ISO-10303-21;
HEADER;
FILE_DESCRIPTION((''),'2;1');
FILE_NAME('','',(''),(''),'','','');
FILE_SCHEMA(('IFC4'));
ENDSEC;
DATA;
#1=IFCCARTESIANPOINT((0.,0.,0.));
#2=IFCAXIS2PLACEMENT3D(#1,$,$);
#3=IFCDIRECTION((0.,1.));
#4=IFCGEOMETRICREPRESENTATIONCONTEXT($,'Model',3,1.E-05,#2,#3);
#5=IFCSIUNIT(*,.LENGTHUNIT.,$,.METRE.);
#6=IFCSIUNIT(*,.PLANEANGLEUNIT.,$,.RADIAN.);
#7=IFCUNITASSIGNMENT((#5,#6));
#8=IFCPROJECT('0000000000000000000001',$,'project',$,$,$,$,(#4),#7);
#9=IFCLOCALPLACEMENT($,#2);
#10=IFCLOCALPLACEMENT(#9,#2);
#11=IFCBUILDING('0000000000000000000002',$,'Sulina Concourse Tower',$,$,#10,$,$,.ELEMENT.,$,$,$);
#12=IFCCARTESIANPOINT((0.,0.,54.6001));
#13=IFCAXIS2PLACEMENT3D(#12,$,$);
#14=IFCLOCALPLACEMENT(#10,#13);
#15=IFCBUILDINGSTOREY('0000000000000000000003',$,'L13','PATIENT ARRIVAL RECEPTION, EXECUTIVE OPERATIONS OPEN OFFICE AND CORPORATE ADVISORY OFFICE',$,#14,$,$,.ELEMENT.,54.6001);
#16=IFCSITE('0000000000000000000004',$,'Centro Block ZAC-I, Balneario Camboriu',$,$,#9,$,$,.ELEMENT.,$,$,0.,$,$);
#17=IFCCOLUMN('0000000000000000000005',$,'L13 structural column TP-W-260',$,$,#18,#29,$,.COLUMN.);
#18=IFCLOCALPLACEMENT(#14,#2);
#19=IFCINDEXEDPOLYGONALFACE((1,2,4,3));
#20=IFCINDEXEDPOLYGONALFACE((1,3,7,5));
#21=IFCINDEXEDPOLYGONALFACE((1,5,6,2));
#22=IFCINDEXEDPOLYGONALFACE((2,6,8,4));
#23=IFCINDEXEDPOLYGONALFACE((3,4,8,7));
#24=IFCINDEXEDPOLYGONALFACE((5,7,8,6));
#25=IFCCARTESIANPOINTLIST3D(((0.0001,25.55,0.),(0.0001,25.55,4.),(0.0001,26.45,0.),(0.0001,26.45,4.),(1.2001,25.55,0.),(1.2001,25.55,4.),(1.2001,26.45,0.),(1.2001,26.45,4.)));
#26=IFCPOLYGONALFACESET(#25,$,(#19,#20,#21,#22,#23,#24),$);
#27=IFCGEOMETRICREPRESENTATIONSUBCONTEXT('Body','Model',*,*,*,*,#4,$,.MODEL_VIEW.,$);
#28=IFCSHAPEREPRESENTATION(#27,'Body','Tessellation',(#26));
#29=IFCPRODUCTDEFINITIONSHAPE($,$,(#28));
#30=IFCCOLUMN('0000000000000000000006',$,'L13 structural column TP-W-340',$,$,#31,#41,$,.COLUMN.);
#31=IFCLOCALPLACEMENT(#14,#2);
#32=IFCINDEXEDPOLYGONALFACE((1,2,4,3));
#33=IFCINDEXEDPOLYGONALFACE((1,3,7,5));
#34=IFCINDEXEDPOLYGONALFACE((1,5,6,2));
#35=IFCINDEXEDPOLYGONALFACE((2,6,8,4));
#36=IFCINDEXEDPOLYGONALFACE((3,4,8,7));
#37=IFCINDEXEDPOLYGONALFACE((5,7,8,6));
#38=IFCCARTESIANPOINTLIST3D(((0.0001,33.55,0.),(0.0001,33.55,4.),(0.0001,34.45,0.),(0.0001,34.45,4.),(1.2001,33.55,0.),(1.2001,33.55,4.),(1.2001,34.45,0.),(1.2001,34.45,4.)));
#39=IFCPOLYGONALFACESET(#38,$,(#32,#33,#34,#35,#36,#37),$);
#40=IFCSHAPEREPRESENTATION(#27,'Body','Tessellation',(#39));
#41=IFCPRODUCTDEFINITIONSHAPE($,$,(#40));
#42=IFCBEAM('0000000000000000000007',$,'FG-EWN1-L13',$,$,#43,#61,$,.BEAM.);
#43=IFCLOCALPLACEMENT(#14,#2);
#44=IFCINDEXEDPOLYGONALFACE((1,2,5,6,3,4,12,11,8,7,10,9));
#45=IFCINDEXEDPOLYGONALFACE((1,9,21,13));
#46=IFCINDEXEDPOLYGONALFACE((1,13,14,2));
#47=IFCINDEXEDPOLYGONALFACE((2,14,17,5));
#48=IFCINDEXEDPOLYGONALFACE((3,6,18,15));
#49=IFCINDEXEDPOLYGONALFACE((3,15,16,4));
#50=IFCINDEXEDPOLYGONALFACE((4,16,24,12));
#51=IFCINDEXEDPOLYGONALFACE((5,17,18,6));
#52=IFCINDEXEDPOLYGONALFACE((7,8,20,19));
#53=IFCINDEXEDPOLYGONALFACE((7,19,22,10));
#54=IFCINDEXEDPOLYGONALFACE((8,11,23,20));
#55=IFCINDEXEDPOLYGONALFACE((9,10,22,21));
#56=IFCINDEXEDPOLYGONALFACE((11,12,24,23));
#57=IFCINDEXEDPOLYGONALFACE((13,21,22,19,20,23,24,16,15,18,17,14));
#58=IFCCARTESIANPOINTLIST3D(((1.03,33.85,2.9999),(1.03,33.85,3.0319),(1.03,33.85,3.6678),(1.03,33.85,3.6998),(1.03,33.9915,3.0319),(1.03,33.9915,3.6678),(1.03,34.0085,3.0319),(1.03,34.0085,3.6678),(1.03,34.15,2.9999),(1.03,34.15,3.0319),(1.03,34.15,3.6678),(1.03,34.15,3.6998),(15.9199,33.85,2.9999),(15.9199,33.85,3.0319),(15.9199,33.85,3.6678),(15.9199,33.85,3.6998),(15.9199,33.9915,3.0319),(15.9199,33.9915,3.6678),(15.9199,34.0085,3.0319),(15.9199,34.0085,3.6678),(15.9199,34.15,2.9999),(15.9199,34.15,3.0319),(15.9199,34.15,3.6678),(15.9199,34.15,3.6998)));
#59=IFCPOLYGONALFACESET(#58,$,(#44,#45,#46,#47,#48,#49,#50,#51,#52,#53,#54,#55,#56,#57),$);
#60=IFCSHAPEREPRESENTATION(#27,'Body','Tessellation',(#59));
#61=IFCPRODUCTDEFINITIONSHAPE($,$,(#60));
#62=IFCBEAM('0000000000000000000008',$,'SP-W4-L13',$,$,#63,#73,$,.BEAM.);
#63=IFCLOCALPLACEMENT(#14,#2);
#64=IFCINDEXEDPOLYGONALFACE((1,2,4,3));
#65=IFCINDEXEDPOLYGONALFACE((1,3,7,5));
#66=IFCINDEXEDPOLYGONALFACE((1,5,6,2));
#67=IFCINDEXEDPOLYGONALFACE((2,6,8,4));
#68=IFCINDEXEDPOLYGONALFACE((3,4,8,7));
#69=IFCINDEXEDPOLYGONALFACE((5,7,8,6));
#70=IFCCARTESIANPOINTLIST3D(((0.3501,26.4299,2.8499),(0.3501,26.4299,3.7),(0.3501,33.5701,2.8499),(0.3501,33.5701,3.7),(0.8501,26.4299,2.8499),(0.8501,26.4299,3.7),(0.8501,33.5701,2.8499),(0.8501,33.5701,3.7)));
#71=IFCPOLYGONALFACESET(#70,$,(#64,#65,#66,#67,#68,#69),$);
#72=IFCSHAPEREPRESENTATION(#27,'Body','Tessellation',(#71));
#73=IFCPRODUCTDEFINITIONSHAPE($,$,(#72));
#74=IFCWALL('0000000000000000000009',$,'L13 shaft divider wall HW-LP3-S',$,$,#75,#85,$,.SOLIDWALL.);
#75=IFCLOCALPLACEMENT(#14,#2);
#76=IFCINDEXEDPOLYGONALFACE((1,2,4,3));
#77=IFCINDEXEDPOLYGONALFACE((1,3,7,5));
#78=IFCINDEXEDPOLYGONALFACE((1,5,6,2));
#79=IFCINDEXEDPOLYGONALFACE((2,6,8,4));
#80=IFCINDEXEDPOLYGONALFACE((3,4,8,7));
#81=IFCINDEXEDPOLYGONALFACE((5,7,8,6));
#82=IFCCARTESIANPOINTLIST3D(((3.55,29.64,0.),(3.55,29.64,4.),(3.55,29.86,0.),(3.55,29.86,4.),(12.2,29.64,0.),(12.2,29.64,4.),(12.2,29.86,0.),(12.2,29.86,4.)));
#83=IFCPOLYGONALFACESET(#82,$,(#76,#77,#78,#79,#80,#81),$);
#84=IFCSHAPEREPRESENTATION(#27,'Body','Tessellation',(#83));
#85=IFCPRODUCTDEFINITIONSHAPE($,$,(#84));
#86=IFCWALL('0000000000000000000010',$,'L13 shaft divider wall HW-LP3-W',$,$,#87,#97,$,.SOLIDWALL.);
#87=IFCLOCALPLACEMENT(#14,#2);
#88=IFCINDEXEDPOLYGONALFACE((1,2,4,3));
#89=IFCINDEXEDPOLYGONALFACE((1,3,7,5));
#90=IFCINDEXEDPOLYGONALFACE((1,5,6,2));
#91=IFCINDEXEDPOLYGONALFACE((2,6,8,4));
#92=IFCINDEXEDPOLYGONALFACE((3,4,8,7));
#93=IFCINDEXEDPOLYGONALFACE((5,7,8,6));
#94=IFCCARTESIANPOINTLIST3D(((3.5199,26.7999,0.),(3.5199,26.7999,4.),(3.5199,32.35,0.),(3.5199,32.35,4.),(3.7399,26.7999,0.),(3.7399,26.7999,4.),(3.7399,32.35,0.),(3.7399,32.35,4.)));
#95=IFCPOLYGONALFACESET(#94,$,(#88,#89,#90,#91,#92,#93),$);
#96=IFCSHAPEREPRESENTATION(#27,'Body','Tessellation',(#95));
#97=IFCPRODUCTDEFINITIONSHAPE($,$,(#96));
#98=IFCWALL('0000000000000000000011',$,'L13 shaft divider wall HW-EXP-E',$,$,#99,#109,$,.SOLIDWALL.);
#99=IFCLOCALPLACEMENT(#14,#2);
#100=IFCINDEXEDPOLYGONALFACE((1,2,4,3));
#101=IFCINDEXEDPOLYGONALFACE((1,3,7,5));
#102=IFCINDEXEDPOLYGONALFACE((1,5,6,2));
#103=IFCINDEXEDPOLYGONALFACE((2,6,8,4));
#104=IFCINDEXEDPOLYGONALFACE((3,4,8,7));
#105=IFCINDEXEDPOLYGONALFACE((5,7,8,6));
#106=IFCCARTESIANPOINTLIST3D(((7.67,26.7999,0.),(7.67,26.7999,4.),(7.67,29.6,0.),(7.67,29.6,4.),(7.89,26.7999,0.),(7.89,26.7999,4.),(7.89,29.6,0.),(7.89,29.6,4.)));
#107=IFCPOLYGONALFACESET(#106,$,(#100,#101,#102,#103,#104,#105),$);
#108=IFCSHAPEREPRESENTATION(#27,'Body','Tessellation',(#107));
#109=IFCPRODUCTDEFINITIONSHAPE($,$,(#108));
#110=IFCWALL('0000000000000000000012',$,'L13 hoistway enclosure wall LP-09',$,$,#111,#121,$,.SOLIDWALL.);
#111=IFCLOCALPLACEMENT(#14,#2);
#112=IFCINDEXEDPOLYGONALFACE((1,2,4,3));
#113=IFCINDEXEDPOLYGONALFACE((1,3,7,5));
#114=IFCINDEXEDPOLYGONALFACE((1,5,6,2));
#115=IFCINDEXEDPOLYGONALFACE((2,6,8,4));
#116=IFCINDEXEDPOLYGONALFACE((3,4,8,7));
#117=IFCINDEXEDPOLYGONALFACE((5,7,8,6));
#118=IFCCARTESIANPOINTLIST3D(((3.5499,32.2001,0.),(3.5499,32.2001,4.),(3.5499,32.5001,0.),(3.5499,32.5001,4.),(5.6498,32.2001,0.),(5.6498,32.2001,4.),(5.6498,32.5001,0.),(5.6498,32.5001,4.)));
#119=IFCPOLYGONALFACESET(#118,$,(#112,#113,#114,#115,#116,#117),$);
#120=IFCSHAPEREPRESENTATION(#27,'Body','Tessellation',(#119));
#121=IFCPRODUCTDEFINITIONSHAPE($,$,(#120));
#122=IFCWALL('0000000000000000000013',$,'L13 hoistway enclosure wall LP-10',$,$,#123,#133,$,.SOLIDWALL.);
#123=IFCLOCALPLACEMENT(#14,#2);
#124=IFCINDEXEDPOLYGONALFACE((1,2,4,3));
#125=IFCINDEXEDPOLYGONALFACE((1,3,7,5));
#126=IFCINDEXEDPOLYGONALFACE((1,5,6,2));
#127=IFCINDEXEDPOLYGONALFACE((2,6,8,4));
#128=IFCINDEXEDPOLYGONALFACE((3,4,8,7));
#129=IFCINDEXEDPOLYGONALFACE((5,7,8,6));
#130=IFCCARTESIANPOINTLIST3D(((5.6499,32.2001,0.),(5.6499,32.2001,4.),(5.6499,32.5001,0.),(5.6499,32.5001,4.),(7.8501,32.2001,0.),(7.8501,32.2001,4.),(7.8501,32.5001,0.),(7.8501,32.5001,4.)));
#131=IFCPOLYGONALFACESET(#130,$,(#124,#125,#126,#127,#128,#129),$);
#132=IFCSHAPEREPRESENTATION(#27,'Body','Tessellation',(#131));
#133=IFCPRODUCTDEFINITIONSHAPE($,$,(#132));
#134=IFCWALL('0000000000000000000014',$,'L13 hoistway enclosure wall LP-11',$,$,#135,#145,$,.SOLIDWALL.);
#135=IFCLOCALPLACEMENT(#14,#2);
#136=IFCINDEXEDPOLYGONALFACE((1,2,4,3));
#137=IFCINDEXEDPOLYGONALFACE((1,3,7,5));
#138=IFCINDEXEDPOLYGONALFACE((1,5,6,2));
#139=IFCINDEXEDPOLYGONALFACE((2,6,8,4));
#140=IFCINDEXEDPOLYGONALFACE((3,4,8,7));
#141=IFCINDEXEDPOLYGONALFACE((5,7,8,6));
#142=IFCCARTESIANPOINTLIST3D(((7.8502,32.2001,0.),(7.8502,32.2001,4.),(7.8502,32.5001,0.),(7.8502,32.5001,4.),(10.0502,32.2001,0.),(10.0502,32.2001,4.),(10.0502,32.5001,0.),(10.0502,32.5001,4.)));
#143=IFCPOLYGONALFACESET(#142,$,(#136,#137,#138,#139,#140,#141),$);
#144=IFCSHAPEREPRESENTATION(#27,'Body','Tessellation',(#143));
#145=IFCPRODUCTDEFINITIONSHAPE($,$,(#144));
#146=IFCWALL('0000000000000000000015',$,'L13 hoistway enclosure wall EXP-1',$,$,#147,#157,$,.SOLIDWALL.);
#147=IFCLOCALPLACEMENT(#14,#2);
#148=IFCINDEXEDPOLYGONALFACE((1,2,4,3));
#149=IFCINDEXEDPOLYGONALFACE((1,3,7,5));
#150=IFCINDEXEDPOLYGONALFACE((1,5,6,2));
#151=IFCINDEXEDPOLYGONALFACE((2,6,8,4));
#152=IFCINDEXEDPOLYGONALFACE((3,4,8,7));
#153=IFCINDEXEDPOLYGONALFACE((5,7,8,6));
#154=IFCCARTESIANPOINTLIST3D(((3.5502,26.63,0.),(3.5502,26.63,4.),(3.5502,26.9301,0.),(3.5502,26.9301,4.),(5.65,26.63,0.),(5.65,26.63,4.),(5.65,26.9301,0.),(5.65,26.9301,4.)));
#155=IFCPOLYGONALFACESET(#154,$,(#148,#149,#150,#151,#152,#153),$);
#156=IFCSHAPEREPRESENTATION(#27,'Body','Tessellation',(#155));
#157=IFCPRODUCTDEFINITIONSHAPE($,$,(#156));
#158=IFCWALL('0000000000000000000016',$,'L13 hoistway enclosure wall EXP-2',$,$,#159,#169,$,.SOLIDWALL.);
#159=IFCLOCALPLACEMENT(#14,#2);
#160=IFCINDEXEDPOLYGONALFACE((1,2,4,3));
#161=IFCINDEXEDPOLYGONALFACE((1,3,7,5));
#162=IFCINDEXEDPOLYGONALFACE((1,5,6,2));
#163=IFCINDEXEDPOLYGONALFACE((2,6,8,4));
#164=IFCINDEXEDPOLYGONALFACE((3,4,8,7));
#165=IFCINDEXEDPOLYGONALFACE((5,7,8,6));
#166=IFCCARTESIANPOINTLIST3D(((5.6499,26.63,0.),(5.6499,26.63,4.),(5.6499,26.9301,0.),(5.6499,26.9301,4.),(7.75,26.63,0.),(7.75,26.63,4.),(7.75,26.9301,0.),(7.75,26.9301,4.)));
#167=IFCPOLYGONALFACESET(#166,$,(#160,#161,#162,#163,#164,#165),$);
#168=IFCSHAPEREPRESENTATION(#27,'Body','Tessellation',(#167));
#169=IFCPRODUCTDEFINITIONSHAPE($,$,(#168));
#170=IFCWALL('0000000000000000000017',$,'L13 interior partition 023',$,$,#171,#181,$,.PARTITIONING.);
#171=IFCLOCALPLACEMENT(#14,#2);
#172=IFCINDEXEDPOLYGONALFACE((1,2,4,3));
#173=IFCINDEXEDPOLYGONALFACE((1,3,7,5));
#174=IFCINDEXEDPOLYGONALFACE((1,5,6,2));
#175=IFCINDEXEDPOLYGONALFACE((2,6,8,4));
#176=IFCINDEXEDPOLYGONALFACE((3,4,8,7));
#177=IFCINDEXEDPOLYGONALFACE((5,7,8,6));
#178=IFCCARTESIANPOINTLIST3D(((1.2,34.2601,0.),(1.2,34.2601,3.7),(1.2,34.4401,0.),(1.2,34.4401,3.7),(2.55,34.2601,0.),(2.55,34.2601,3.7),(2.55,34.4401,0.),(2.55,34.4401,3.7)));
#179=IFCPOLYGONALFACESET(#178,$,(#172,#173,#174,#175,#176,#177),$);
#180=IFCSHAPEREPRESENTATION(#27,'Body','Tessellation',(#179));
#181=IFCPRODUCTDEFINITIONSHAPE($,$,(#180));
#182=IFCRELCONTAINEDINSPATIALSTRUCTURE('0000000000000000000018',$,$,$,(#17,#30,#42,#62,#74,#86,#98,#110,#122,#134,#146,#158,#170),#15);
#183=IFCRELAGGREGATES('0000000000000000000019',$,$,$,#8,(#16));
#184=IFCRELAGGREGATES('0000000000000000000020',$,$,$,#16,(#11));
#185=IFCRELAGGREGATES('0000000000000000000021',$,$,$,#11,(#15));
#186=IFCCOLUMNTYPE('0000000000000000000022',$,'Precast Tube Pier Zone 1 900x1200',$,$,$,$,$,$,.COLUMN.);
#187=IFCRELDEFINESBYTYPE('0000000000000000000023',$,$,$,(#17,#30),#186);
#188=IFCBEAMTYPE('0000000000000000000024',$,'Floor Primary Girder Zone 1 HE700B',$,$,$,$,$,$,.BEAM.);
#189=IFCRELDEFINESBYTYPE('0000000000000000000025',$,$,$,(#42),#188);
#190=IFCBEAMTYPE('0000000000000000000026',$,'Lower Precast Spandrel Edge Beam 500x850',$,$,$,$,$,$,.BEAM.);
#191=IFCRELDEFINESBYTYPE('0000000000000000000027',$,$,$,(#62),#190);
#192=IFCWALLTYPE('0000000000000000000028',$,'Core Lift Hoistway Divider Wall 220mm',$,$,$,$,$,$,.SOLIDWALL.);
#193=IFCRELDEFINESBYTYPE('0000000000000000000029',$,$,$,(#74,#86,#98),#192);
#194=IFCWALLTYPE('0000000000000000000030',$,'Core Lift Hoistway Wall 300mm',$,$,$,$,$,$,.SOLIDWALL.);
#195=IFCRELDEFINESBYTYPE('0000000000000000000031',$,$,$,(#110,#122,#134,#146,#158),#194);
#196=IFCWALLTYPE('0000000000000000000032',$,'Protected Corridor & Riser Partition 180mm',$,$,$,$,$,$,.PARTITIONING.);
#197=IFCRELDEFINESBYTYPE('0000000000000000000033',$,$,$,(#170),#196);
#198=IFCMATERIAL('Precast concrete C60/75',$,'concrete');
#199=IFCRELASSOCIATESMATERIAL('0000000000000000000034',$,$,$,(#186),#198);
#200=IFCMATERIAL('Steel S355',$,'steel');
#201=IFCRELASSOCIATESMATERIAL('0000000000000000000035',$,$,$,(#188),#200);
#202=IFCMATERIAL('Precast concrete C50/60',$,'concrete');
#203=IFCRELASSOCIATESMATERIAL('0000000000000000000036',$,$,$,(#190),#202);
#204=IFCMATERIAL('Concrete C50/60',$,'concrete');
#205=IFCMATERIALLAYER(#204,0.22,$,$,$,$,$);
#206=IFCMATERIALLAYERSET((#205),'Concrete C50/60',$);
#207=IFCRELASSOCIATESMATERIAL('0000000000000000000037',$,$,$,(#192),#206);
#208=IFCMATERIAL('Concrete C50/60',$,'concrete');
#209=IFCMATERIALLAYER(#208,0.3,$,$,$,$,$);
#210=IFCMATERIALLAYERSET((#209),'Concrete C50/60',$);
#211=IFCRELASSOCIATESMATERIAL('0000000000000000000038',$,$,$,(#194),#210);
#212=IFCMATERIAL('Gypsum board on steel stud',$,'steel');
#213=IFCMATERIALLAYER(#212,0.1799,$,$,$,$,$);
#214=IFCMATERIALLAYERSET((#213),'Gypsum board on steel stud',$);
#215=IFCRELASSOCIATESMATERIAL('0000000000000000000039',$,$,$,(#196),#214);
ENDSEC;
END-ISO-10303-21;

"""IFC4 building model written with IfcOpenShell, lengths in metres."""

from ifc_helpers import new_model, si_unit, direction, frame, frame_2d, origin, origin_2d, place, context, subcontext, project, spatial, rectangle, i_section, extrude, material, layer, layer_set, material_profile, profile_set, type_object, element, save


model = new_model("IFC4")

# Units and contexts
model_context = context("Model", 3, precision=1e-05, world=origin(), true_north=direction((0.0, 1.0)))
body_context = subcontext(model_context, "Body", "Model", "MODEL_VIEW")
ifc_project = project(units=[si_unit("LENGTHUNIT", "METRE"), si_unit("PLANEANGLEUNIT", "RADIAN")], contexts=[model_context])

# Site, building, storey
site_placement = place(None, origin())
site = spatial("IfcSite", under=ifc_project, at=site_placement, Name="Centro Block ZAC-I, Balneario Camboriu", CompositionType="ELEMENT", RefElevation=0.0)
building_placement = place(site_placement, origin())
building = spatial("IfcBuilding", under=site, at=building_placement, Name="Sulina Concourse Tower", CompositionType="ELEMENT")
storey_placement = place(building_placement, frame((0.0, 0.0, 54.6001)))
storey = spatial("IfcBuildingStorey", under=building, at=storey_placement, Name="L13", Description="PATIENT ARRIVAL RECEPTION, EXECUTIVE OPERATIONS OPEN OFFICE AND CORPORATE ADVISORY OFFICE", CompositionType="ELEMENT", Elevation=54.6001)

# Columns
ifc_material_1 = material(Name="Precast concrete C60/75", Category="concrete")
ifc_material_profile_1 = material_profile(ifc_material_1, rectangle(XDim=0.8999, YDim=1.2, at=origin_2d()), Name="PC 900x1200")
ifc_profile_set_1 = profile_set([ifc_material_profile_1], Name="Precast concrete C60/75")
column_type = type_object("IfcColumnType", Name="Precast Tube Pier Zone 1 900x1200", PredefinedType="COLUMN", material=ifc_profile_set_1)
for number, where, z_axis, x_axis, name in (
    (1, (0.6001, 26.0, 0.0), (0.0, 0.0, 1.0), (0.0, 1.0, 0.0), "L13 structural column TP-W-260"),
    (2, (0.6001, 34.0, 0.0), (0.0, 0.0, 1.0), (0.0, 1.0, 0.0), "L13 structural column TP-W-340"),
):
    element("IfcColumn", number, at=place(storey_placement, frame(where, z_axis=z_axis, x_axis=x_axis)), inside=storey, type_object=column_type, Name=name, PredefinedType="COLUMN", context=body_context, shape_type="SweptSolid", body=[
        extrude(rectangle(XDim=0.8999, YDim=1.2, at=origin_2d()), origin(), (0.0, 0.0, 1.0), 4.0),
    ])

# Beams
ifc_material_2 = material(Name="Steel S355", Category="steel")
ifc_material_profile_2 = material_profile(ifc_material_2, i_section(OverallWidth=0.3, OverallDepth=0.7, WebThickness=0.0171, FlangeThickness=0.032, at=origin_2d()), Name="HE 700 B")
ifc_profile_set_2 = profile_set([ifc_material_profile_2], Name="Steel S355")
beam_type_1 = type_object("IfcBeamType", Name="Floor Primary Girder Zone 1 HE700B", PredefinedType="BEAM", material=ifc_profile_set_2)
beam_1_placement = place(storey_placement, frame((1.03, 34.0, 3.3499), z_axis=(1.0, 0.0, 0.0), x_axis=(0.0, 1.0, 0.0)))
element("IfcBeam", 3, at=beam_1_placement, inside=storey, type_object=beam_type_1, Name="FG-EWN1-L13", PredefinedType="BEAM", context=body_context, shape_type="SweptSolid", body=[
    extrude(i_section(OverallWidth=0.3, OverallDepth=0.7, WebThickness=0.0171, FlangeThickness=0.032, at=origin_2d()), origin(), (0.0, 0.0, 1.0), 14.8899),
])
ifc_material_3 = material(Name="Precast concrete C50/60", Category="concrete")
ifc_material_profile_3 = material_profile(ifc_material_3, rectangle(XDim=0.5, YDim=0.8501, at=origin_2d()), Name="RC 500x850")
ifc_profile_set_3 = profile_set([ifc_material_profile_3], Name="Precast concrete C50/60")
beam_type_2 = type_object("IfcBeamType", Name="Lower Precast Spandrel Edge Beam 500x850", PredefinedType="BEAM", material=ifc_profile_set_3)
beam_2_placement = place(storey_placement, frame((0.6001, 26.4299, 3.2749), z_axis=(0.0, 1.0, 0.0), x_axis=(-1.0, 0.0, 0.0)))
element("IfcBeam", 4, at=beam_2_placement, inside=storey, type_object=beam_type_2, Name="SP-W4-L13", PredefinedType="BEAM", context=body_context, shape_type="SweptSolid", body=[
    extrude(rectangle(XDim=0.5, YDim=0.8501, at=origin_2d()), origin(), (0.0, 0.0, 1.0), 7.1401),
])

# Walls
ifc_material_4 = material(Name="Concrete C50/60", Category="concrete")
ifc_layer_1 = layer(ifc_material_4, 0.22)
ifc_layer_set_1 = layer_set([ifc_layer_1], Name="Concrete C50/60")
wall_type_1 = type_object("IfcWallType", Name="Core Lift Hoistway Divider Wall 220mm", PredefinedType="SOLIDWALL", material=ifc_layer_set_1)
wall_1_placement = place(storey_placement, frame((3.55, 29.75, 0.0), z_axis=(0.0, 0.0, 1.0), x_axis=(1.0, 0.0, 0.0)))
element("IfcWall", 5, at=wall_1_placement, inside=storey, type_object=wall_type_1, Name="L13 shaft divider wall HW-LP3-S", PredefinedType="SOLIDWALL", context=body_context, shape_type="SweptSolid", body=[
    extrude(rectangle(XDim=8.6499, YDim=0.22, at=frame_2d((4.325, 0.0))), origin(), (0.0, 0.0, 1.0), 4.0),
])
wall_2_placement = place(storey_placement, frame((3.6299, 26.8, 0.0), z_axis=(0.0, 0.0, 1.0), x_axis=(0.0, 1.0, 0.0)))
element("IfcWall", 6, at=wall_2_placement, inside=storey, type_object=wall_type_1, Name="L13 shaft divider wall HW-LP3-W", PredefinedType="SOLIDWALL", context=body_context, shape_type="SweptSolid", body=[
    extrude(rectangle(XDim=5.55, YDim=0.22, at=frame_2d((2.7749, 0.0))), origin(), (0.0, 0.0, 1.0), 4.0),
])
wall_3_placement = place(storey_placement, frame((7.78, 26.8, 0.0), z_axis=(0.0, 0.0, 1.0), x_axis=(0.0, 1.0, 0.0)))
element("IfcWall", 7, at=wall_3_placement, inside=storey, type_object=wall_type_1, Name="L13 shaft divider wall HW-EXP-E", PredefinedType="SOLIDWALL", context=body_context, shape_type="SweptSolid", body=[
    extrude(rectangle(XDim=2.8, YDim=0.22, at=frame_2d((1.3999, 0.0))), origin(), (0.0, 0.0, 1.0), 4.0),
])
ifc_material_5 = material(Name="Concrete C50/60", Category="concrete")
ifc_layer_2 = layer(ifc_material_5, 0.3)
ifc_layer_set_2 = layer_set([ifc_layer_2], Name="Concrete C50/60")
wall_type_2 = type_object("IfcWallType", Name="Core Lift Hoistway Wall 300mm", PredefinedType="SOLIDWALL", material=ifc_layer_set_2)
wall_4_placement = place(storey_placement, frame((3.55, 32.3501, 0.0), z_axis=(0.0, 0.0, 1.0), x_axis=(1.0, 0.0, 0.0)))
element("IfcWall", 8, at=wall_4_placement, inside=storey, type_object=wall_type_2, Name="L13 hoistway enclosure wall LP-09", PredefinedType="SOLIDWALL", context=body_context, shape_type="SweptSolid", body=[
    extrude(rectangle(XDim=2.0999, YDim=0.3, at=frame_2d((1.0498, 0.0))), origin(), (0.0, 0.0, 1.0), 4.0),
])
wall_5_placement = place(storey_placement, frame((5.6499, 32.3501, 0.0), z_axis=(0.0, 0.0, 1.0), x_axis=(1.0, 0.0, 0.0)))
element("IfcWall", 9, at=wall_5_placement, inside=storey, type_object=wall_type_2, Name="L13 hoistway enclosure wall LP-10", PredefinedType="SOLIDWALL", context=body_context, shape_type="SweptSolid", body=[
    extrude(rectangle(XDim=2.2002, YDim=0.3, at=frame_2d((1.1001, 0.0))), origin(), (0.0, 0.0, 1.0), 4.0),
])
wall_6_placement = place(storey_placement, frame((7.8501, 32.3501, 0.0), z_axis=(0.0, 0.0, 1.0), x_axis=(1.0, 0.0, 0.0)))
element("IfcWall", 10, at=wall_6_placement, inside=storey, type_object=wall_type_2, Name="L13 hoistway enclosure wall LP-11", PredefinedType="SOLIDWALL", context=body_context, shape_type="SweptSolid", body=[
    extrude(rectangle(XDim=2.2, YDim=0.3, at=frame_2d((1.1001, 0.0))), origin(), (0.0, 0.0, 1.0), 4.0),
])
wall_7_placement = place(storey_placement, frame((5.6499, 26.78, 0.0), z_axis=(0.0, 0.0, 1.0), x_axis=(-1.0, 0.0, 0.0)))
element("IfcWall", 11, at=wall_7_placement, inside=storey, type_object=wall_type_2, Name="L13 hoistway enclosure wall EXP-1", PredefinedType="SOLIDWALL", context=body_context, shape_type="SweptSolid", body=[
    extrude(rectangle(XDim=2.0999, YDim=0.3, at=frame_2d((1.0498, 0.0))), origin(), (0.0, 0.0, 1.0), 4.0),
])
wall_8_placement = place(storey_placement, frame((7.75, 26.78, 0.0), z_axis=(0.0, 0.0, 1.0), x_axis=(-1.0, 0.0, 0.0)))
element("IfcWall", 12, at=wall_8_placement, inside=storey, type_object=wall_type_2, Name="L13 hoistway enclosure wall EXP-2", PredefinedType="SOLIDWALL", context=body_context, shape_type="SweptSolid", body=[
    extrude(rectangle(XDim=2.1001, YDim=0.3, at=frame_2d((1.05, 0.0))), origin(), (0.0, 0.0, 1.0), 4.0),
])
ifc_material_6 = material(Name="Gypsum board on steel stud", Category="steel")
ifc_layer_3 = layer(ifc_material_6, 0.1799)
ifc_layer_set_3 = layer_set([ifc_layer_3], Name="Gypsum board on steel stud")
wall_type_3 = type_object("IfcWallType", Name="Protected Corridor & Riser Partition 180mm", PredefinedType="PARTITIONING", material=ifc_layer_set_3)
wall_9_placement = place(storey_placement, frame((1.2, 34.3501, 0.0), z_axis=(0.0, 0.0, 1.0), x_axis=(1.0, 0.0, 0.0)))
element("IfcWall", 13, at=wall_9_placement, inside=storey, type_object=wall_type_3, Name="L13 interior partition 023", PredefinedType="PARTITIONING", context=body_context, shape_type="SweptSolid", body=[
    extrude(rectangle(XDim=1.3501, YDim=0.1799, at=frame_2d((0.675, 0.0))), origin(), (0.0, 0.0, 1.0), 3.7),
])

save(model, "model.ifc")
